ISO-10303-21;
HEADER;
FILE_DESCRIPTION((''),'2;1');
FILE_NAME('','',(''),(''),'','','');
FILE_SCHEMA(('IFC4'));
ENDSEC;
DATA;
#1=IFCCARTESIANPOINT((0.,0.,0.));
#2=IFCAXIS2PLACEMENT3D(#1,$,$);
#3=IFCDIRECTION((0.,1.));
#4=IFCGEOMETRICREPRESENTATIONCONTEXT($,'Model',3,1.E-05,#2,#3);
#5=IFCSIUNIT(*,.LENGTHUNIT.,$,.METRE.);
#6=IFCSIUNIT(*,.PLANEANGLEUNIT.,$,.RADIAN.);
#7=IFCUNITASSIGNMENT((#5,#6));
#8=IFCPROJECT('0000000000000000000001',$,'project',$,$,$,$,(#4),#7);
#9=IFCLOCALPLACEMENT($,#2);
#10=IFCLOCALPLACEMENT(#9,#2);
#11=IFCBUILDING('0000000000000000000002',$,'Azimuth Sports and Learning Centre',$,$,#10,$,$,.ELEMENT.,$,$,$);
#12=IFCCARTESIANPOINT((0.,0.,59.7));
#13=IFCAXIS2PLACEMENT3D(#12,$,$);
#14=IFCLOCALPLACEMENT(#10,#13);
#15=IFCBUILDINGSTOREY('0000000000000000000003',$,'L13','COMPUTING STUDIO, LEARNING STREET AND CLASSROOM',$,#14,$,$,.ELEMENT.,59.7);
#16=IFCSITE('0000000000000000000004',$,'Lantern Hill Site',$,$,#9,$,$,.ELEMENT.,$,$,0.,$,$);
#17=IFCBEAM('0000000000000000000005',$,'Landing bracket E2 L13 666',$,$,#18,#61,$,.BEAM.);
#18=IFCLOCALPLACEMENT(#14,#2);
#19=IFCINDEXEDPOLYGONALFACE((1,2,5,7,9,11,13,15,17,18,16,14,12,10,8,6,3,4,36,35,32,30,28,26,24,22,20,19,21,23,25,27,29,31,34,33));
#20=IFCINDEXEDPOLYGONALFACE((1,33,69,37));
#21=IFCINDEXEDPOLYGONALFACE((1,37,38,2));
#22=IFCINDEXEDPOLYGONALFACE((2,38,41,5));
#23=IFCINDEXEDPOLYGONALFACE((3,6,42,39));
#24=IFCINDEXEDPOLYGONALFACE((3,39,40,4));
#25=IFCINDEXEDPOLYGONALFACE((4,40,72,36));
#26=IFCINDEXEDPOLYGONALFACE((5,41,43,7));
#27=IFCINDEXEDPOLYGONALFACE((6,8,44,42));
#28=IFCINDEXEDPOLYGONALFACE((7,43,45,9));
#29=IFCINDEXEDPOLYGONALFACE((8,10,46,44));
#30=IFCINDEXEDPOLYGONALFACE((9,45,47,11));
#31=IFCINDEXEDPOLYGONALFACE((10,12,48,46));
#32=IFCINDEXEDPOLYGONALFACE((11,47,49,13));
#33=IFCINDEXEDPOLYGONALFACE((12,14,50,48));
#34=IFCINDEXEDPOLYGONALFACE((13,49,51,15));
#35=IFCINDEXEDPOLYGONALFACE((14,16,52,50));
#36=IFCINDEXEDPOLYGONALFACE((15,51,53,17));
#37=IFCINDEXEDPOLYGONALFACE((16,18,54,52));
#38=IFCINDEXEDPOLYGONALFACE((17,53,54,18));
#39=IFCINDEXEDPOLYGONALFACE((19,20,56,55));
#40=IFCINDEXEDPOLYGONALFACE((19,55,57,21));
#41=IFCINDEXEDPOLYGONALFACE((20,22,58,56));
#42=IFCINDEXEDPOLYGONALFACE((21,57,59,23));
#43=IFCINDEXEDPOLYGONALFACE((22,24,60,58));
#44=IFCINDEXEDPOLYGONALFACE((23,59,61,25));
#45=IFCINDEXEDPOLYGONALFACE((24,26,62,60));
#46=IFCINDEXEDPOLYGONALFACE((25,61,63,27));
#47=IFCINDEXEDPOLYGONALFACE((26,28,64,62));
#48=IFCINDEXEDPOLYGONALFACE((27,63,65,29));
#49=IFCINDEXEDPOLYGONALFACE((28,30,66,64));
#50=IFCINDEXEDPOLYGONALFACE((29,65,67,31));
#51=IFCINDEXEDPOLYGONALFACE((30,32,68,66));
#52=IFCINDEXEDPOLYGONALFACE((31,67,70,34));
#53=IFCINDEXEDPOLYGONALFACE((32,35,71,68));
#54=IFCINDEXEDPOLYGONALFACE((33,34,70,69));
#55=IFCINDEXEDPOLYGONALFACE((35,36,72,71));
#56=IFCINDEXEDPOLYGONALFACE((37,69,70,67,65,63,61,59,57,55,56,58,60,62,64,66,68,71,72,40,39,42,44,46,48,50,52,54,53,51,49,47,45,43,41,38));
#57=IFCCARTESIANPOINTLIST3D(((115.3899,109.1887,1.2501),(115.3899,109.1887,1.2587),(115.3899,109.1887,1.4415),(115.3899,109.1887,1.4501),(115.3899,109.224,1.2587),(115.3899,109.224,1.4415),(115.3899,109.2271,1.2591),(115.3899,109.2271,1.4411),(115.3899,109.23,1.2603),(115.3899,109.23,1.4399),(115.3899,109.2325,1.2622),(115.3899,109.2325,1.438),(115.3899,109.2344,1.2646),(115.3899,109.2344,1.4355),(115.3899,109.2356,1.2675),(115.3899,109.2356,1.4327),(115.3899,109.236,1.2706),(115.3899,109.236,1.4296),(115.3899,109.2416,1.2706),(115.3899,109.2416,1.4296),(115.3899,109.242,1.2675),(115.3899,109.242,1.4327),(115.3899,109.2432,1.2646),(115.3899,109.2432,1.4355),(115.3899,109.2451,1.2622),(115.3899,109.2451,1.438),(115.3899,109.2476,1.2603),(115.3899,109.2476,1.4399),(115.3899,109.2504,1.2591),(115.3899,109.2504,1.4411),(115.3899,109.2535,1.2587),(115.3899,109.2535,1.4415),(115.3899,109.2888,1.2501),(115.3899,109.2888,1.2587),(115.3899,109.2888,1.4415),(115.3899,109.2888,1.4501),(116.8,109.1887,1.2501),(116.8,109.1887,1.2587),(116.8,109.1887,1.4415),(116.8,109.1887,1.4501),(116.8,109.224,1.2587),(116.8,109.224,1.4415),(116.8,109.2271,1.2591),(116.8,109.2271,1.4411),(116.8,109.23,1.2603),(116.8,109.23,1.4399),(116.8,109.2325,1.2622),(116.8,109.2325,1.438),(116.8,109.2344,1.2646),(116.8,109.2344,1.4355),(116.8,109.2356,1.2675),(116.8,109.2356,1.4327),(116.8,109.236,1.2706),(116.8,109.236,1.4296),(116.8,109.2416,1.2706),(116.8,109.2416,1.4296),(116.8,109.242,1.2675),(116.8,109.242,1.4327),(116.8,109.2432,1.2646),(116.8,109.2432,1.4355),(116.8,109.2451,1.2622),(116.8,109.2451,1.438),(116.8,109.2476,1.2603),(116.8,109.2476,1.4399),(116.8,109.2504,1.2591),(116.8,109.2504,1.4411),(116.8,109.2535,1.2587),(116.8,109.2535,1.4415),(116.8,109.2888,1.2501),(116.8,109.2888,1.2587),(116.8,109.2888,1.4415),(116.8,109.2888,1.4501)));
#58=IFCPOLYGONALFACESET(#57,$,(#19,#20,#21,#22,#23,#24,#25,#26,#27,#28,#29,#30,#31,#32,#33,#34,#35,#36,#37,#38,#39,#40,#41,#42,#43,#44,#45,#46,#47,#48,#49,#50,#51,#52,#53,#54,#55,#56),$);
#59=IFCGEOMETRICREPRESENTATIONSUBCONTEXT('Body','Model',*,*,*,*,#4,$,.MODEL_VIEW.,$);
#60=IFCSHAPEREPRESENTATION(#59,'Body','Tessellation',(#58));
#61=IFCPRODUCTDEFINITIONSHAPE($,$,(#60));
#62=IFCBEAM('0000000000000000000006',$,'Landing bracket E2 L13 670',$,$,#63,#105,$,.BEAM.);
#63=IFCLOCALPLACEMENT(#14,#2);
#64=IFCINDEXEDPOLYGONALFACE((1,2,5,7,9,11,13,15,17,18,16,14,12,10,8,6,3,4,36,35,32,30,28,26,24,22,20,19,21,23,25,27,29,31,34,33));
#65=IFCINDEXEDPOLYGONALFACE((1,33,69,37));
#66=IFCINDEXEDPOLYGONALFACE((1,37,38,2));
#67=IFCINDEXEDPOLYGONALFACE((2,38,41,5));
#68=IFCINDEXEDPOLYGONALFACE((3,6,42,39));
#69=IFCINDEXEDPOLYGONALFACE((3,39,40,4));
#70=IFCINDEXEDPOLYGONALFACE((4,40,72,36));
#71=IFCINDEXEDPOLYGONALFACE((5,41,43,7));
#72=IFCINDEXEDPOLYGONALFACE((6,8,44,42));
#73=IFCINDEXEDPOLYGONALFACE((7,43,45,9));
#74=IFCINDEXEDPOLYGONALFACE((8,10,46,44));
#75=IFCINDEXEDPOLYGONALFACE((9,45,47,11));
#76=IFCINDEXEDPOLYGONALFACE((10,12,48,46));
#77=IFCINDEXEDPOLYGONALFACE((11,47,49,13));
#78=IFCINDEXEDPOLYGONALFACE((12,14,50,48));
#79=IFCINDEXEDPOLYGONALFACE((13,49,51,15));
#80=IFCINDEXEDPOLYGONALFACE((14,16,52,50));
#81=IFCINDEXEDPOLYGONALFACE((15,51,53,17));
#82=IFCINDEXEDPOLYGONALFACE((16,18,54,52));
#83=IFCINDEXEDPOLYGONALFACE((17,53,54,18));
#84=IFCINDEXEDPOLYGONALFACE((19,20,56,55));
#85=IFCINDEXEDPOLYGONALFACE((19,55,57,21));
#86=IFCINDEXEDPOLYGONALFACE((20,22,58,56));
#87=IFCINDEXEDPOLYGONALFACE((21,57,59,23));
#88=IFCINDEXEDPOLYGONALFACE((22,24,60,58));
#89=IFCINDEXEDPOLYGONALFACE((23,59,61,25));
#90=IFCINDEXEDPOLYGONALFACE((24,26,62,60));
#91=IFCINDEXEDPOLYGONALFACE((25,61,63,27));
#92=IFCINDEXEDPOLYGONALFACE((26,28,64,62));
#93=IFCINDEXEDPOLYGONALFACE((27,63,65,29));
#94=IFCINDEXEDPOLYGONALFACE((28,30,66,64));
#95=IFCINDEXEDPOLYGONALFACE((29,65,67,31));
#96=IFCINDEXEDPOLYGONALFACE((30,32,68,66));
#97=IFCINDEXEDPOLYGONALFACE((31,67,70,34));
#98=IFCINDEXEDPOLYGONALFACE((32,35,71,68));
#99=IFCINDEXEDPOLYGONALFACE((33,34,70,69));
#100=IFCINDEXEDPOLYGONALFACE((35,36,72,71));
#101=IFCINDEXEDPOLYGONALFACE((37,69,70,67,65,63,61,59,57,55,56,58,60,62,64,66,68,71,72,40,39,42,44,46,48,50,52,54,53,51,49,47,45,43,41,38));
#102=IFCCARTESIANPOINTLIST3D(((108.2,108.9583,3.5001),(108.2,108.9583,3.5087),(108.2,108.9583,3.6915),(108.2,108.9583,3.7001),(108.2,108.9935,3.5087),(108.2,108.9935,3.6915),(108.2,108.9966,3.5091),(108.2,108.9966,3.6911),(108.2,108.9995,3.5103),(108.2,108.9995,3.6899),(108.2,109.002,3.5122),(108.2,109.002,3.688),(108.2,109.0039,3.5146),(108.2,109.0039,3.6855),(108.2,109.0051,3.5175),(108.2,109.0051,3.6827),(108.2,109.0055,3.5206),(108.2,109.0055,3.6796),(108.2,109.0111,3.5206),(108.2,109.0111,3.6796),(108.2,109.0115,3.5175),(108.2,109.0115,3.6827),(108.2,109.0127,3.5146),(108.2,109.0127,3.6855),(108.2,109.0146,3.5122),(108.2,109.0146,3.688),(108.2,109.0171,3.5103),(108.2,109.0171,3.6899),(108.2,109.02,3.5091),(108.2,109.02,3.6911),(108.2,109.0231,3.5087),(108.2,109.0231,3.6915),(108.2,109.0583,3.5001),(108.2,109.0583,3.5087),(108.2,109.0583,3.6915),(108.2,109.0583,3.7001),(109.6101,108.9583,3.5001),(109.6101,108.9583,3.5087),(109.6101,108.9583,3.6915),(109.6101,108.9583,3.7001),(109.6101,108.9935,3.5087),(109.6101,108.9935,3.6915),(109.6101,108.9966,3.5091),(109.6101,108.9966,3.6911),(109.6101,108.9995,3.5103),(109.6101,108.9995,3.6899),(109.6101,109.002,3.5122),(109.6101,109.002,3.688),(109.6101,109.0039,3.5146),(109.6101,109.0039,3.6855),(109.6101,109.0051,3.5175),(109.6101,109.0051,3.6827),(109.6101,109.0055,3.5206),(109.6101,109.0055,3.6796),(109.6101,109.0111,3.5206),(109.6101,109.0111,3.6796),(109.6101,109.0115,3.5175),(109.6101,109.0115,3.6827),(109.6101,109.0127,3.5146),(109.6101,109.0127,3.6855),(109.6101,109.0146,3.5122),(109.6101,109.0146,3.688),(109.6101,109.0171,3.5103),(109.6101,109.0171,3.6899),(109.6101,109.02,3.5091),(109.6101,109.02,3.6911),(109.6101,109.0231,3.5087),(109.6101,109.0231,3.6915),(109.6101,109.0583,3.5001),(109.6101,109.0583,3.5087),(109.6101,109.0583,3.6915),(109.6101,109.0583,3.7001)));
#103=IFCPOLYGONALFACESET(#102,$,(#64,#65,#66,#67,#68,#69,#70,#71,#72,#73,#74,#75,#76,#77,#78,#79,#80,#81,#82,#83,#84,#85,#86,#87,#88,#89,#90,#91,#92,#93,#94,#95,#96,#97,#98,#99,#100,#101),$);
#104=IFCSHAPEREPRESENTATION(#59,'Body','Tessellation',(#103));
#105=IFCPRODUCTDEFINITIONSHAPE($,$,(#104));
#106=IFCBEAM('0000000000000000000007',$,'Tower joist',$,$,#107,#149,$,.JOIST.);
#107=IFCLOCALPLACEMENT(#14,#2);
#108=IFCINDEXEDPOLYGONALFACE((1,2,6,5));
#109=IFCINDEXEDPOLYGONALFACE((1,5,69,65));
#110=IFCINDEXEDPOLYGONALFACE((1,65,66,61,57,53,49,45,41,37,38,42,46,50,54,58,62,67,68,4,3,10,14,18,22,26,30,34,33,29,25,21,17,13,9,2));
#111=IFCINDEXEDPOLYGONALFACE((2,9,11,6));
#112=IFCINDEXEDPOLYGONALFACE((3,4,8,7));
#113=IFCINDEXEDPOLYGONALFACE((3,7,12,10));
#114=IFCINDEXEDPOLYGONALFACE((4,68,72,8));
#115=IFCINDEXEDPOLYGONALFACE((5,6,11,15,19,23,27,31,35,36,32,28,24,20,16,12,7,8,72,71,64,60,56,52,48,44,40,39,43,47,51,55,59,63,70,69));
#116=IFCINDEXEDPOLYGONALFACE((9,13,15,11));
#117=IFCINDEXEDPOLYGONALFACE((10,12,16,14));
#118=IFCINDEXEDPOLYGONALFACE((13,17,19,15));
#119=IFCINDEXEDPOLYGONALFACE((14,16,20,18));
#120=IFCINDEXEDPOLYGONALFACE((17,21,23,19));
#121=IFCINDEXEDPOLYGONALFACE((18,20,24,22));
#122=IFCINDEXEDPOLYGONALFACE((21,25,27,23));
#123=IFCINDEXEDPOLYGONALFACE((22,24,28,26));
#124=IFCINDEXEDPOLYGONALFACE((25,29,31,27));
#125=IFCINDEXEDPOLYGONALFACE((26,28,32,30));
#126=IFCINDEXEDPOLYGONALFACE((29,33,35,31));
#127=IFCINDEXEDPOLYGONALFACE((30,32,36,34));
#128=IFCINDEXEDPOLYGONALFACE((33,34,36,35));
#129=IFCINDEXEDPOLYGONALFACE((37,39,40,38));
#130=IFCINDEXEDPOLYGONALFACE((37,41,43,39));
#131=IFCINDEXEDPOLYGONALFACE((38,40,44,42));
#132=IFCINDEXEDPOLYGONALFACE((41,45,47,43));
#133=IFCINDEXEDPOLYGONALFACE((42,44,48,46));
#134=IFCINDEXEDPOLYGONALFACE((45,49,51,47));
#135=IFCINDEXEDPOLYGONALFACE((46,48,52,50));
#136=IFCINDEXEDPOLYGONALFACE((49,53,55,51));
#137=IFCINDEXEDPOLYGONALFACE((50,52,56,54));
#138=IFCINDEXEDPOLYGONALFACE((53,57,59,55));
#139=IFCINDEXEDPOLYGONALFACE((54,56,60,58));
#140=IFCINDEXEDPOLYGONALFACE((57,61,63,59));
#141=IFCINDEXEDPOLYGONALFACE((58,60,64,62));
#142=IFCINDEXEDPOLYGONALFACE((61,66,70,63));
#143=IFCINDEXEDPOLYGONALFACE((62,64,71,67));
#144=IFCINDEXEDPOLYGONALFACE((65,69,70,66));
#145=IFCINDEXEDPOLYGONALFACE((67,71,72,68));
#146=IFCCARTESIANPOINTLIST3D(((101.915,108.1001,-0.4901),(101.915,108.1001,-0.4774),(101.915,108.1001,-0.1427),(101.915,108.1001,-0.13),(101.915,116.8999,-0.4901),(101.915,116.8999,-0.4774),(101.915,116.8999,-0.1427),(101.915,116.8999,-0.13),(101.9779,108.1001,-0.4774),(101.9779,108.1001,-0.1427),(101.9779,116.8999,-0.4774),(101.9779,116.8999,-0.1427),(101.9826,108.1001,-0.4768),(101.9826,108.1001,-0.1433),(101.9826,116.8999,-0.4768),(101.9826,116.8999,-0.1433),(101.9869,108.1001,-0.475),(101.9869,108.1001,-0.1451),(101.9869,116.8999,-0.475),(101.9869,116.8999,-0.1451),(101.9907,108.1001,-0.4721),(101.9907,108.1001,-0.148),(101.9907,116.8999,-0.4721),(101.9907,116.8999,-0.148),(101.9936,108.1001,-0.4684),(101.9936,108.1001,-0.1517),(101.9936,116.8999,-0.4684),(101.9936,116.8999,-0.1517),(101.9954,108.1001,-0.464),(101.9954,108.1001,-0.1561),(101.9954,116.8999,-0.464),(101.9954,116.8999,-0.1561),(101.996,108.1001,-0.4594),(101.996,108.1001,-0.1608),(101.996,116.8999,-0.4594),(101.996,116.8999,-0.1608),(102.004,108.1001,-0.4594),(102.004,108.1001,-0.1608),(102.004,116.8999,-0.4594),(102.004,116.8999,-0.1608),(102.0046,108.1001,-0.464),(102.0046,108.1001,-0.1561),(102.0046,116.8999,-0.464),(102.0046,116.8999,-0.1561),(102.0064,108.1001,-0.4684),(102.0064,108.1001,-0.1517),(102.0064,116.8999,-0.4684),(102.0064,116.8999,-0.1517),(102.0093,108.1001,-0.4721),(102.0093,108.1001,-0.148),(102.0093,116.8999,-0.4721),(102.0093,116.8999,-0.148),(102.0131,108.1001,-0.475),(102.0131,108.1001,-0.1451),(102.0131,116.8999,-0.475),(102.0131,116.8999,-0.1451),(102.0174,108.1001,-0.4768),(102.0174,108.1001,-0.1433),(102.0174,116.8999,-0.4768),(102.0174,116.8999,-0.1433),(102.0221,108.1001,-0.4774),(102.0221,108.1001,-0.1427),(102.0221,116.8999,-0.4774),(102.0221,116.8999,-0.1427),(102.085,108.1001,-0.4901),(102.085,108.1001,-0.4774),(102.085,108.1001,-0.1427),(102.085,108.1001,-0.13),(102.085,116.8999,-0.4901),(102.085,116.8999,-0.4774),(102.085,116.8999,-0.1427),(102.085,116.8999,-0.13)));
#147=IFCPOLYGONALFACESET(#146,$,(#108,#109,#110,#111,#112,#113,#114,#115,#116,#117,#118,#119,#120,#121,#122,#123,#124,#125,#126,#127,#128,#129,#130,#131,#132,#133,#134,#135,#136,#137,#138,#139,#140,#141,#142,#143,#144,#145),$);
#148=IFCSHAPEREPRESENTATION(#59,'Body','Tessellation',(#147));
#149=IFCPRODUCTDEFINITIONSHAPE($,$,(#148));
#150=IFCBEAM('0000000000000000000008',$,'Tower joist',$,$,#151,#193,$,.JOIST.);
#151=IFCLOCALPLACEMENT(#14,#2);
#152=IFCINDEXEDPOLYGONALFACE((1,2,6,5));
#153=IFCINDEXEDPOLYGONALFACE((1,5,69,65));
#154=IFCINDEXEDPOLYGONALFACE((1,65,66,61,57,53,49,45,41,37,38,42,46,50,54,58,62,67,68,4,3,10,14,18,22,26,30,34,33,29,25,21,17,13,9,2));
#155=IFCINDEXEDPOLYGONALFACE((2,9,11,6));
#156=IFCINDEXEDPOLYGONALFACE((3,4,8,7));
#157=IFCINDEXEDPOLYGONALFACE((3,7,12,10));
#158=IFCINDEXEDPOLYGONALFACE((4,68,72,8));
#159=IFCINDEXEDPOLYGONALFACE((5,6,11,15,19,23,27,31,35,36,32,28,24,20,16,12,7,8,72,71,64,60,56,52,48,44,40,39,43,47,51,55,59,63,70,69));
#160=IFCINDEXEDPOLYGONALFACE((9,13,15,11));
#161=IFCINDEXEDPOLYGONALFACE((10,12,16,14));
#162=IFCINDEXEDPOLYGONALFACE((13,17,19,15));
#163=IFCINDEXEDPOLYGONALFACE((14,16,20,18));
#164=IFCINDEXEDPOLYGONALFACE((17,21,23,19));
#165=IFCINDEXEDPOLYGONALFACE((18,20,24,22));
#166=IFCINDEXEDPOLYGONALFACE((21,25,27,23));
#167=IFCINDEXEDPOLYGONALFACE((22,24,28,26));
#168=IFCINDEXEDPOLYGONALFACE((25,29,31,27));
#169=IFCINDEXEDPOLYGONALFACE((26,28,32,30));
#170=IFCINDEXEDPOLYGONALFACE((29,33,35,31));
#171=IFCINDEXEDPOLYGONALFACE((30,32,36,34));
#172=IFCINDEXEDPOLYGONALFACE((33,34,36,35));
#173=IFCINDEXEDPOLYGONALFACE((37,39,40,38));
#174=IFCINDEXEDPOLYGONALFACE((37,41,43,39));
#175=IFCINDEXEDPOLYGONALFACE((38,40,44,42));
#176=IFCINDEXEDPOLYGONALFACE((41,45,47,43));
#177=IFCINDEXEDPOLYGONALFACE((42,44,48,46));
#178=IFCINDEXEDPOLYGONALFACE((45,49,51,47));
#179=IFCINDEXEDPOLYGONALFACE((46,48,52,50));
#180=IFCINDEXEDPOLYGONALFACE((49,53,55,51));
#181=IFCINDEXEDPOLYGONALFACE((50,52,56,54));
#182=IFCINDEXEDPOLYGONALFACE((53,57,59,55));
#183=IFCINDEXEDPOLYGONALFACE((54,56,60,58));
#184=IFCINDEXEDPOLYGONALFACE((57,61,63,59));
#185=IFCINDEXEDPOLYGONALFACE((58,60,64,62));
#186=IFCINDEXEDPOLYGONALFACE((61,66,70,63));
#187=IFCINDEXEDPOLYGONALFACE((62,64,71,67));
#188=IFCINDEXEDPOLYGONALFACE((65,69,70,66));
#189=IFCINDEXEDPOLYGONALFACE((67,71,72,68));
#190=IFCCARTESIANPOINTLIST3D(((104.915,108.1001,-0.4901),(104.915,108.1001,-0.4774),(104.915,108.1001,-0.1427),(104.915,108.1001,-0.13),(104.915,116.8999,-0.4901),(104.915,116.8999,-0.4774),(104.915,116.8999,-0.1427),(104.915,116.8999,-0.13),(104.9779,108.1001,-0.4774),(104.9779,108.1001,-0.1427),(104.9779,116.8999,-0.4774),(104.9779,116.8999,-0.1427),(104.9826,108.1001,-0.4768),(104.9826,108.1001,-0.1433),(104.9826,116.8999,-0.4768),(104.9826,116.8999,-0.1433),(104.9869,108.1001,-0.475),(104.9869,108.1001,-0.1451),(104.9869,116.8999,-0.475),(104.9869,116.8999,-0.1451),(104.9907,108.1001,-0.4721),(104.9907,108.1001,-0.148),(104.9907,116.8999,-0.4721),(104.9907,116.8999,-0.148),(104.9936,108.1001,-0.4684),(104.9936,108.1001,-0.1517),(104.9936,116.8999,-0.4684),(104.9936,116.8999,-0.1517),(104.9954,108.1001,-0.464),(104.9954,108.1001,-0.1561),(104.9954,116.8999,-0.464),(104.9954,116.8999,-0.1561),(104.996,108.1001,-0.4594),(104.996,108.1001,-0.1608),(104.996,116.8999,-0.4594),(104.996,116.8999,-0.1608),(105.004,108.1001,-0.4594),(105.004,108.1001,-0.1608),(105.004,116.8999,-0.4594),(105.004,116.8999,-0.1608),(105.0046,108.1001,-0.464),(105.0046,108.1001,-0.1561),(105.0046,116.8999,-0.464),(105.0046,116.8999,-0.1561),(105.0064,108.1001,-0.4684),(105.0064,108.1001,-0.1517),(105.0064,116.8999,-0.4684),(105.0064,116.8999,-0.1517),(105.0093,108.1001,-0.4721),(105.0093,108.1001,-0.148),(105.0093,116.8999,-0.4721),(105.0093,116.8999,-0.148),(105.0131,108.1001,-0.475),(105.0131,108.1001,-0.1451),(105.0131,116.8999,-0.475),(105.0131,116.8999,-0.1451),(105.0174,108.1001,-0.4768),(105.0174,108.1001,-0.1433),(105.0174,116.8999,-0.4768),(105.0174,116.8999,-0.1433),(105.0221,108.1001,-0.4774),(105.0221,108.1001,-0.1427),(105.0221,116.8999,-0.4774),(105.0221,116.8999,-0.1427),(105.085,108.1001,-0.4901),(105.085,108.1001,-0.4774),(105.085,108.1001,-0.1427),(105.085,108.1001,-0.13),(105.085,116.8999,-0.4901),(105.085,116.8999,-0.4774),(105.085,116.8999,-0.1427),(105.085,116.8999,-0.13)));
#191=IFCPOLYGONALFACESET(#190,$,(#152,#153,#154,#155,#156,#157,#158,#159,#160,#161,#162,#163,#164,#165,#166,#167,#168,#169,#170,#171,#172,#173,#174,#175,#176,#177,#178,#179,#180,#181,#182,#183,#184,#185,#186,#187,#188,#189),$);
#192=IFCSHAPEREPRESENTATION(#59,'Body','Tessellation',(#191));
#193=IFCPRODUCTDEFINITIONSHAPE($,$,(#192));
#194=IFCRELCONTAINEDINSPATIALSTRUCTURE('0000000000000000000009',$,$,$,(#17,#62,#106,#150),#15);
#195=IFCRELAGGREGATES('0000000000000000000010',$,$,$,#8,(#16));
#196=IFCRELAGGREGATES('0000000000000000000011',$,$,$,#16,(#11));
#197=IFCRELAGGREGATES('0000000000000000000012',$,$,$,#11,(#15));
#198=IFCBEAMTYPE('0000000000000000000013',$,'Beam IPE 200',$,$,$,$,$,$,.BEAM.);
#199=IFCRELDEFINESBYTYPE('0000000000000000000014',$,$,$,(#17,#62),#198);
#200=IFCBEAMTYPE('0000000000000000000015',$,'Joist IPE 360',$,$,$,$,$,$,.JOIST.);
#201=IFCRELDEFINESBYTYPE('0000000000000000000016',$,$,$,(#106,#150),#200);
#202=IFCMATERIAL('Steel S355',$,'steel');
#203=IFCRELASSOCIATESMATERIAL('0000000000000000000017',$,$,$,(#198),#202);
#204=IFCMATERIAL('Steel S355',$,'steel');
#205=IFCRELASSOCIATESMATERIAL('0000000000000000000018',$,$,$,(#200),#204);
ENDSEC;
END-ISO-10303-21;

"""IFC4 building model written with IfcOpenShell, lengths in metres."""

from ifc_helpers import new_model, si_unit, direction, frame, origin, origin_2d, place, context, subcontext, project, spatial, i_section, extrude, material, material_profile, profile_set, type_object, element, save


model = new_model("IFC4")

# Units and contexts
model_context = context("Model", 3, precision=1e-05, world=origin(), true_north=direction((0.0, 1.0)))
body_context = subcontext(model_context, "Body", "Model", "MODEL_VIEW")
ifc_project = project(units=[si_unit("LENGTHUNIT", "METRE"), si_unit("PLANEANGLEUNIT", "RADIAN")], contexts=[model_context])

# Site, building, storey
site_placement = place(None, origin())
site = spatial("IfcSite", under=ifc_project, at=site_placement, Name="Lantern Hill Site", CompositionType="ELEMENT", RefElevation=0.0)
building_placement = place(site_placement, origin())
building = spatial("IfcBuilding", under=site, at=building_placement, Name="Azimuth Sports and Learning Centre", CompositionType="ELEMENT")
storey_placement = place(building_placement, frame((0.0, 0.0, 59.7)))
storey = spatial("IfcBuildingStorey", under=building, at=storey_placement, Name="L13", Description="COMPUTING STUDIO, LEARNING STREET AND CLASSROOM", CompositionType="ELEMENT", Elevation=59.7)

# Beams
ifc_material_1 = material(Name="Steel S355", Category="steel")
ifc_material_profile_1 = material_profile(ifc_material_1, i_section(OverallWidth=0.1001, OverallDepth=0.2, WebThickness=0.0056, FlangeThickness=0.0085, FilletRadius=0.012, at=origin_2d()), Name="IPE 200")
ifc_profile_set_1 = profile_set([ifc_material_profile_1], Name="Steel S355")
beam_type_1 = type_object("IfcBeamType", Name="Beam IPE 200", PredefinedType="BEAM", material=ifc_profile_set_1)
for number, where, z_axis, x_axis, name in (
    (1, (116.8, 109.2388, 1.3501), (-1.0, 0.0, 0.0), (0.0, -1.0, 0.0), "Landing bracket E2 L13 666"),
    (2, (108.2, 109.0083, 3.6001), (1.0, 0.0, 0.0), (0.0, 1.0, 0.0), "Landing bracket E2 L13 670"),
):
    element("IfcBeam", number, at=place(storey_placement, frame(where, z_axis=z_axis, x_axis=x_axis)), inside=storey, type_object=beam_type_1, Name=name, PredefinedType="BEAM", context=body_context, shape_type="SweptSolid", body=[
        extrude(i_section(OverallWidth=0.1001, OverallDepth=0.2, WebThickness=0.0056, FlangeThickness=0.0085, FilletRadius=0.012, at=origin_2d()), origin(), (0.0, 0.0, 1.0), 1.4102),
    ])
ifc_material_2 = material(Name="Steel S355", Category="steel")
ifc_material_profile_2 = material_profile(ifc_material_2, i_section(OverallWidth=0.1699, OverallDepth=0.3601, WebThickness=0.0081, FlangeThickness=0.0127, FilletRadius=0.0181, at=origin_2d()), Name="IPE 360")
ifc_profile_set_2 = profile_set([ifc_material_profile_2], Name="Steel S355")
beam_type_2 = type_object("IfcBeamType", Name="Joist IPE 360", PredefinedType="JOIST", material=ifc_profile_set_2)
for number, where, z_axis, x_axis, name in (
    (3, (102.0, 108.1001, -0.3101), (0.0, 1.0, 0.0), (-1.0, 0.0, 0.0), "Tower joist"),
    (4, (105.0, 108.1001, -0.3101), (0.0, 1.0, 0.0), (-1.0, 0.0, 0.0), "Tower joist"),
):
    element("IfcBeam", number, at=place(storey_placement, frame(where, z_axis=z_axis, x_axis=x_axis)), inside=storey, type_object=beam_type_2, Name=name, PredefinedType="JOIST", context=body_context, shape_type="SweptSolid", body=[
        extrude(i_section(OverallWidth=0.1699, OverallDepth=0.3601, WebThickness=0.0081, FlangeThickness=0.0127, FilletRadius=0.0181, at=origin_2d()), origin(), (0.0, 0.0, 1.0), 8.7998),
    ])

save(model, "model.ifc")
